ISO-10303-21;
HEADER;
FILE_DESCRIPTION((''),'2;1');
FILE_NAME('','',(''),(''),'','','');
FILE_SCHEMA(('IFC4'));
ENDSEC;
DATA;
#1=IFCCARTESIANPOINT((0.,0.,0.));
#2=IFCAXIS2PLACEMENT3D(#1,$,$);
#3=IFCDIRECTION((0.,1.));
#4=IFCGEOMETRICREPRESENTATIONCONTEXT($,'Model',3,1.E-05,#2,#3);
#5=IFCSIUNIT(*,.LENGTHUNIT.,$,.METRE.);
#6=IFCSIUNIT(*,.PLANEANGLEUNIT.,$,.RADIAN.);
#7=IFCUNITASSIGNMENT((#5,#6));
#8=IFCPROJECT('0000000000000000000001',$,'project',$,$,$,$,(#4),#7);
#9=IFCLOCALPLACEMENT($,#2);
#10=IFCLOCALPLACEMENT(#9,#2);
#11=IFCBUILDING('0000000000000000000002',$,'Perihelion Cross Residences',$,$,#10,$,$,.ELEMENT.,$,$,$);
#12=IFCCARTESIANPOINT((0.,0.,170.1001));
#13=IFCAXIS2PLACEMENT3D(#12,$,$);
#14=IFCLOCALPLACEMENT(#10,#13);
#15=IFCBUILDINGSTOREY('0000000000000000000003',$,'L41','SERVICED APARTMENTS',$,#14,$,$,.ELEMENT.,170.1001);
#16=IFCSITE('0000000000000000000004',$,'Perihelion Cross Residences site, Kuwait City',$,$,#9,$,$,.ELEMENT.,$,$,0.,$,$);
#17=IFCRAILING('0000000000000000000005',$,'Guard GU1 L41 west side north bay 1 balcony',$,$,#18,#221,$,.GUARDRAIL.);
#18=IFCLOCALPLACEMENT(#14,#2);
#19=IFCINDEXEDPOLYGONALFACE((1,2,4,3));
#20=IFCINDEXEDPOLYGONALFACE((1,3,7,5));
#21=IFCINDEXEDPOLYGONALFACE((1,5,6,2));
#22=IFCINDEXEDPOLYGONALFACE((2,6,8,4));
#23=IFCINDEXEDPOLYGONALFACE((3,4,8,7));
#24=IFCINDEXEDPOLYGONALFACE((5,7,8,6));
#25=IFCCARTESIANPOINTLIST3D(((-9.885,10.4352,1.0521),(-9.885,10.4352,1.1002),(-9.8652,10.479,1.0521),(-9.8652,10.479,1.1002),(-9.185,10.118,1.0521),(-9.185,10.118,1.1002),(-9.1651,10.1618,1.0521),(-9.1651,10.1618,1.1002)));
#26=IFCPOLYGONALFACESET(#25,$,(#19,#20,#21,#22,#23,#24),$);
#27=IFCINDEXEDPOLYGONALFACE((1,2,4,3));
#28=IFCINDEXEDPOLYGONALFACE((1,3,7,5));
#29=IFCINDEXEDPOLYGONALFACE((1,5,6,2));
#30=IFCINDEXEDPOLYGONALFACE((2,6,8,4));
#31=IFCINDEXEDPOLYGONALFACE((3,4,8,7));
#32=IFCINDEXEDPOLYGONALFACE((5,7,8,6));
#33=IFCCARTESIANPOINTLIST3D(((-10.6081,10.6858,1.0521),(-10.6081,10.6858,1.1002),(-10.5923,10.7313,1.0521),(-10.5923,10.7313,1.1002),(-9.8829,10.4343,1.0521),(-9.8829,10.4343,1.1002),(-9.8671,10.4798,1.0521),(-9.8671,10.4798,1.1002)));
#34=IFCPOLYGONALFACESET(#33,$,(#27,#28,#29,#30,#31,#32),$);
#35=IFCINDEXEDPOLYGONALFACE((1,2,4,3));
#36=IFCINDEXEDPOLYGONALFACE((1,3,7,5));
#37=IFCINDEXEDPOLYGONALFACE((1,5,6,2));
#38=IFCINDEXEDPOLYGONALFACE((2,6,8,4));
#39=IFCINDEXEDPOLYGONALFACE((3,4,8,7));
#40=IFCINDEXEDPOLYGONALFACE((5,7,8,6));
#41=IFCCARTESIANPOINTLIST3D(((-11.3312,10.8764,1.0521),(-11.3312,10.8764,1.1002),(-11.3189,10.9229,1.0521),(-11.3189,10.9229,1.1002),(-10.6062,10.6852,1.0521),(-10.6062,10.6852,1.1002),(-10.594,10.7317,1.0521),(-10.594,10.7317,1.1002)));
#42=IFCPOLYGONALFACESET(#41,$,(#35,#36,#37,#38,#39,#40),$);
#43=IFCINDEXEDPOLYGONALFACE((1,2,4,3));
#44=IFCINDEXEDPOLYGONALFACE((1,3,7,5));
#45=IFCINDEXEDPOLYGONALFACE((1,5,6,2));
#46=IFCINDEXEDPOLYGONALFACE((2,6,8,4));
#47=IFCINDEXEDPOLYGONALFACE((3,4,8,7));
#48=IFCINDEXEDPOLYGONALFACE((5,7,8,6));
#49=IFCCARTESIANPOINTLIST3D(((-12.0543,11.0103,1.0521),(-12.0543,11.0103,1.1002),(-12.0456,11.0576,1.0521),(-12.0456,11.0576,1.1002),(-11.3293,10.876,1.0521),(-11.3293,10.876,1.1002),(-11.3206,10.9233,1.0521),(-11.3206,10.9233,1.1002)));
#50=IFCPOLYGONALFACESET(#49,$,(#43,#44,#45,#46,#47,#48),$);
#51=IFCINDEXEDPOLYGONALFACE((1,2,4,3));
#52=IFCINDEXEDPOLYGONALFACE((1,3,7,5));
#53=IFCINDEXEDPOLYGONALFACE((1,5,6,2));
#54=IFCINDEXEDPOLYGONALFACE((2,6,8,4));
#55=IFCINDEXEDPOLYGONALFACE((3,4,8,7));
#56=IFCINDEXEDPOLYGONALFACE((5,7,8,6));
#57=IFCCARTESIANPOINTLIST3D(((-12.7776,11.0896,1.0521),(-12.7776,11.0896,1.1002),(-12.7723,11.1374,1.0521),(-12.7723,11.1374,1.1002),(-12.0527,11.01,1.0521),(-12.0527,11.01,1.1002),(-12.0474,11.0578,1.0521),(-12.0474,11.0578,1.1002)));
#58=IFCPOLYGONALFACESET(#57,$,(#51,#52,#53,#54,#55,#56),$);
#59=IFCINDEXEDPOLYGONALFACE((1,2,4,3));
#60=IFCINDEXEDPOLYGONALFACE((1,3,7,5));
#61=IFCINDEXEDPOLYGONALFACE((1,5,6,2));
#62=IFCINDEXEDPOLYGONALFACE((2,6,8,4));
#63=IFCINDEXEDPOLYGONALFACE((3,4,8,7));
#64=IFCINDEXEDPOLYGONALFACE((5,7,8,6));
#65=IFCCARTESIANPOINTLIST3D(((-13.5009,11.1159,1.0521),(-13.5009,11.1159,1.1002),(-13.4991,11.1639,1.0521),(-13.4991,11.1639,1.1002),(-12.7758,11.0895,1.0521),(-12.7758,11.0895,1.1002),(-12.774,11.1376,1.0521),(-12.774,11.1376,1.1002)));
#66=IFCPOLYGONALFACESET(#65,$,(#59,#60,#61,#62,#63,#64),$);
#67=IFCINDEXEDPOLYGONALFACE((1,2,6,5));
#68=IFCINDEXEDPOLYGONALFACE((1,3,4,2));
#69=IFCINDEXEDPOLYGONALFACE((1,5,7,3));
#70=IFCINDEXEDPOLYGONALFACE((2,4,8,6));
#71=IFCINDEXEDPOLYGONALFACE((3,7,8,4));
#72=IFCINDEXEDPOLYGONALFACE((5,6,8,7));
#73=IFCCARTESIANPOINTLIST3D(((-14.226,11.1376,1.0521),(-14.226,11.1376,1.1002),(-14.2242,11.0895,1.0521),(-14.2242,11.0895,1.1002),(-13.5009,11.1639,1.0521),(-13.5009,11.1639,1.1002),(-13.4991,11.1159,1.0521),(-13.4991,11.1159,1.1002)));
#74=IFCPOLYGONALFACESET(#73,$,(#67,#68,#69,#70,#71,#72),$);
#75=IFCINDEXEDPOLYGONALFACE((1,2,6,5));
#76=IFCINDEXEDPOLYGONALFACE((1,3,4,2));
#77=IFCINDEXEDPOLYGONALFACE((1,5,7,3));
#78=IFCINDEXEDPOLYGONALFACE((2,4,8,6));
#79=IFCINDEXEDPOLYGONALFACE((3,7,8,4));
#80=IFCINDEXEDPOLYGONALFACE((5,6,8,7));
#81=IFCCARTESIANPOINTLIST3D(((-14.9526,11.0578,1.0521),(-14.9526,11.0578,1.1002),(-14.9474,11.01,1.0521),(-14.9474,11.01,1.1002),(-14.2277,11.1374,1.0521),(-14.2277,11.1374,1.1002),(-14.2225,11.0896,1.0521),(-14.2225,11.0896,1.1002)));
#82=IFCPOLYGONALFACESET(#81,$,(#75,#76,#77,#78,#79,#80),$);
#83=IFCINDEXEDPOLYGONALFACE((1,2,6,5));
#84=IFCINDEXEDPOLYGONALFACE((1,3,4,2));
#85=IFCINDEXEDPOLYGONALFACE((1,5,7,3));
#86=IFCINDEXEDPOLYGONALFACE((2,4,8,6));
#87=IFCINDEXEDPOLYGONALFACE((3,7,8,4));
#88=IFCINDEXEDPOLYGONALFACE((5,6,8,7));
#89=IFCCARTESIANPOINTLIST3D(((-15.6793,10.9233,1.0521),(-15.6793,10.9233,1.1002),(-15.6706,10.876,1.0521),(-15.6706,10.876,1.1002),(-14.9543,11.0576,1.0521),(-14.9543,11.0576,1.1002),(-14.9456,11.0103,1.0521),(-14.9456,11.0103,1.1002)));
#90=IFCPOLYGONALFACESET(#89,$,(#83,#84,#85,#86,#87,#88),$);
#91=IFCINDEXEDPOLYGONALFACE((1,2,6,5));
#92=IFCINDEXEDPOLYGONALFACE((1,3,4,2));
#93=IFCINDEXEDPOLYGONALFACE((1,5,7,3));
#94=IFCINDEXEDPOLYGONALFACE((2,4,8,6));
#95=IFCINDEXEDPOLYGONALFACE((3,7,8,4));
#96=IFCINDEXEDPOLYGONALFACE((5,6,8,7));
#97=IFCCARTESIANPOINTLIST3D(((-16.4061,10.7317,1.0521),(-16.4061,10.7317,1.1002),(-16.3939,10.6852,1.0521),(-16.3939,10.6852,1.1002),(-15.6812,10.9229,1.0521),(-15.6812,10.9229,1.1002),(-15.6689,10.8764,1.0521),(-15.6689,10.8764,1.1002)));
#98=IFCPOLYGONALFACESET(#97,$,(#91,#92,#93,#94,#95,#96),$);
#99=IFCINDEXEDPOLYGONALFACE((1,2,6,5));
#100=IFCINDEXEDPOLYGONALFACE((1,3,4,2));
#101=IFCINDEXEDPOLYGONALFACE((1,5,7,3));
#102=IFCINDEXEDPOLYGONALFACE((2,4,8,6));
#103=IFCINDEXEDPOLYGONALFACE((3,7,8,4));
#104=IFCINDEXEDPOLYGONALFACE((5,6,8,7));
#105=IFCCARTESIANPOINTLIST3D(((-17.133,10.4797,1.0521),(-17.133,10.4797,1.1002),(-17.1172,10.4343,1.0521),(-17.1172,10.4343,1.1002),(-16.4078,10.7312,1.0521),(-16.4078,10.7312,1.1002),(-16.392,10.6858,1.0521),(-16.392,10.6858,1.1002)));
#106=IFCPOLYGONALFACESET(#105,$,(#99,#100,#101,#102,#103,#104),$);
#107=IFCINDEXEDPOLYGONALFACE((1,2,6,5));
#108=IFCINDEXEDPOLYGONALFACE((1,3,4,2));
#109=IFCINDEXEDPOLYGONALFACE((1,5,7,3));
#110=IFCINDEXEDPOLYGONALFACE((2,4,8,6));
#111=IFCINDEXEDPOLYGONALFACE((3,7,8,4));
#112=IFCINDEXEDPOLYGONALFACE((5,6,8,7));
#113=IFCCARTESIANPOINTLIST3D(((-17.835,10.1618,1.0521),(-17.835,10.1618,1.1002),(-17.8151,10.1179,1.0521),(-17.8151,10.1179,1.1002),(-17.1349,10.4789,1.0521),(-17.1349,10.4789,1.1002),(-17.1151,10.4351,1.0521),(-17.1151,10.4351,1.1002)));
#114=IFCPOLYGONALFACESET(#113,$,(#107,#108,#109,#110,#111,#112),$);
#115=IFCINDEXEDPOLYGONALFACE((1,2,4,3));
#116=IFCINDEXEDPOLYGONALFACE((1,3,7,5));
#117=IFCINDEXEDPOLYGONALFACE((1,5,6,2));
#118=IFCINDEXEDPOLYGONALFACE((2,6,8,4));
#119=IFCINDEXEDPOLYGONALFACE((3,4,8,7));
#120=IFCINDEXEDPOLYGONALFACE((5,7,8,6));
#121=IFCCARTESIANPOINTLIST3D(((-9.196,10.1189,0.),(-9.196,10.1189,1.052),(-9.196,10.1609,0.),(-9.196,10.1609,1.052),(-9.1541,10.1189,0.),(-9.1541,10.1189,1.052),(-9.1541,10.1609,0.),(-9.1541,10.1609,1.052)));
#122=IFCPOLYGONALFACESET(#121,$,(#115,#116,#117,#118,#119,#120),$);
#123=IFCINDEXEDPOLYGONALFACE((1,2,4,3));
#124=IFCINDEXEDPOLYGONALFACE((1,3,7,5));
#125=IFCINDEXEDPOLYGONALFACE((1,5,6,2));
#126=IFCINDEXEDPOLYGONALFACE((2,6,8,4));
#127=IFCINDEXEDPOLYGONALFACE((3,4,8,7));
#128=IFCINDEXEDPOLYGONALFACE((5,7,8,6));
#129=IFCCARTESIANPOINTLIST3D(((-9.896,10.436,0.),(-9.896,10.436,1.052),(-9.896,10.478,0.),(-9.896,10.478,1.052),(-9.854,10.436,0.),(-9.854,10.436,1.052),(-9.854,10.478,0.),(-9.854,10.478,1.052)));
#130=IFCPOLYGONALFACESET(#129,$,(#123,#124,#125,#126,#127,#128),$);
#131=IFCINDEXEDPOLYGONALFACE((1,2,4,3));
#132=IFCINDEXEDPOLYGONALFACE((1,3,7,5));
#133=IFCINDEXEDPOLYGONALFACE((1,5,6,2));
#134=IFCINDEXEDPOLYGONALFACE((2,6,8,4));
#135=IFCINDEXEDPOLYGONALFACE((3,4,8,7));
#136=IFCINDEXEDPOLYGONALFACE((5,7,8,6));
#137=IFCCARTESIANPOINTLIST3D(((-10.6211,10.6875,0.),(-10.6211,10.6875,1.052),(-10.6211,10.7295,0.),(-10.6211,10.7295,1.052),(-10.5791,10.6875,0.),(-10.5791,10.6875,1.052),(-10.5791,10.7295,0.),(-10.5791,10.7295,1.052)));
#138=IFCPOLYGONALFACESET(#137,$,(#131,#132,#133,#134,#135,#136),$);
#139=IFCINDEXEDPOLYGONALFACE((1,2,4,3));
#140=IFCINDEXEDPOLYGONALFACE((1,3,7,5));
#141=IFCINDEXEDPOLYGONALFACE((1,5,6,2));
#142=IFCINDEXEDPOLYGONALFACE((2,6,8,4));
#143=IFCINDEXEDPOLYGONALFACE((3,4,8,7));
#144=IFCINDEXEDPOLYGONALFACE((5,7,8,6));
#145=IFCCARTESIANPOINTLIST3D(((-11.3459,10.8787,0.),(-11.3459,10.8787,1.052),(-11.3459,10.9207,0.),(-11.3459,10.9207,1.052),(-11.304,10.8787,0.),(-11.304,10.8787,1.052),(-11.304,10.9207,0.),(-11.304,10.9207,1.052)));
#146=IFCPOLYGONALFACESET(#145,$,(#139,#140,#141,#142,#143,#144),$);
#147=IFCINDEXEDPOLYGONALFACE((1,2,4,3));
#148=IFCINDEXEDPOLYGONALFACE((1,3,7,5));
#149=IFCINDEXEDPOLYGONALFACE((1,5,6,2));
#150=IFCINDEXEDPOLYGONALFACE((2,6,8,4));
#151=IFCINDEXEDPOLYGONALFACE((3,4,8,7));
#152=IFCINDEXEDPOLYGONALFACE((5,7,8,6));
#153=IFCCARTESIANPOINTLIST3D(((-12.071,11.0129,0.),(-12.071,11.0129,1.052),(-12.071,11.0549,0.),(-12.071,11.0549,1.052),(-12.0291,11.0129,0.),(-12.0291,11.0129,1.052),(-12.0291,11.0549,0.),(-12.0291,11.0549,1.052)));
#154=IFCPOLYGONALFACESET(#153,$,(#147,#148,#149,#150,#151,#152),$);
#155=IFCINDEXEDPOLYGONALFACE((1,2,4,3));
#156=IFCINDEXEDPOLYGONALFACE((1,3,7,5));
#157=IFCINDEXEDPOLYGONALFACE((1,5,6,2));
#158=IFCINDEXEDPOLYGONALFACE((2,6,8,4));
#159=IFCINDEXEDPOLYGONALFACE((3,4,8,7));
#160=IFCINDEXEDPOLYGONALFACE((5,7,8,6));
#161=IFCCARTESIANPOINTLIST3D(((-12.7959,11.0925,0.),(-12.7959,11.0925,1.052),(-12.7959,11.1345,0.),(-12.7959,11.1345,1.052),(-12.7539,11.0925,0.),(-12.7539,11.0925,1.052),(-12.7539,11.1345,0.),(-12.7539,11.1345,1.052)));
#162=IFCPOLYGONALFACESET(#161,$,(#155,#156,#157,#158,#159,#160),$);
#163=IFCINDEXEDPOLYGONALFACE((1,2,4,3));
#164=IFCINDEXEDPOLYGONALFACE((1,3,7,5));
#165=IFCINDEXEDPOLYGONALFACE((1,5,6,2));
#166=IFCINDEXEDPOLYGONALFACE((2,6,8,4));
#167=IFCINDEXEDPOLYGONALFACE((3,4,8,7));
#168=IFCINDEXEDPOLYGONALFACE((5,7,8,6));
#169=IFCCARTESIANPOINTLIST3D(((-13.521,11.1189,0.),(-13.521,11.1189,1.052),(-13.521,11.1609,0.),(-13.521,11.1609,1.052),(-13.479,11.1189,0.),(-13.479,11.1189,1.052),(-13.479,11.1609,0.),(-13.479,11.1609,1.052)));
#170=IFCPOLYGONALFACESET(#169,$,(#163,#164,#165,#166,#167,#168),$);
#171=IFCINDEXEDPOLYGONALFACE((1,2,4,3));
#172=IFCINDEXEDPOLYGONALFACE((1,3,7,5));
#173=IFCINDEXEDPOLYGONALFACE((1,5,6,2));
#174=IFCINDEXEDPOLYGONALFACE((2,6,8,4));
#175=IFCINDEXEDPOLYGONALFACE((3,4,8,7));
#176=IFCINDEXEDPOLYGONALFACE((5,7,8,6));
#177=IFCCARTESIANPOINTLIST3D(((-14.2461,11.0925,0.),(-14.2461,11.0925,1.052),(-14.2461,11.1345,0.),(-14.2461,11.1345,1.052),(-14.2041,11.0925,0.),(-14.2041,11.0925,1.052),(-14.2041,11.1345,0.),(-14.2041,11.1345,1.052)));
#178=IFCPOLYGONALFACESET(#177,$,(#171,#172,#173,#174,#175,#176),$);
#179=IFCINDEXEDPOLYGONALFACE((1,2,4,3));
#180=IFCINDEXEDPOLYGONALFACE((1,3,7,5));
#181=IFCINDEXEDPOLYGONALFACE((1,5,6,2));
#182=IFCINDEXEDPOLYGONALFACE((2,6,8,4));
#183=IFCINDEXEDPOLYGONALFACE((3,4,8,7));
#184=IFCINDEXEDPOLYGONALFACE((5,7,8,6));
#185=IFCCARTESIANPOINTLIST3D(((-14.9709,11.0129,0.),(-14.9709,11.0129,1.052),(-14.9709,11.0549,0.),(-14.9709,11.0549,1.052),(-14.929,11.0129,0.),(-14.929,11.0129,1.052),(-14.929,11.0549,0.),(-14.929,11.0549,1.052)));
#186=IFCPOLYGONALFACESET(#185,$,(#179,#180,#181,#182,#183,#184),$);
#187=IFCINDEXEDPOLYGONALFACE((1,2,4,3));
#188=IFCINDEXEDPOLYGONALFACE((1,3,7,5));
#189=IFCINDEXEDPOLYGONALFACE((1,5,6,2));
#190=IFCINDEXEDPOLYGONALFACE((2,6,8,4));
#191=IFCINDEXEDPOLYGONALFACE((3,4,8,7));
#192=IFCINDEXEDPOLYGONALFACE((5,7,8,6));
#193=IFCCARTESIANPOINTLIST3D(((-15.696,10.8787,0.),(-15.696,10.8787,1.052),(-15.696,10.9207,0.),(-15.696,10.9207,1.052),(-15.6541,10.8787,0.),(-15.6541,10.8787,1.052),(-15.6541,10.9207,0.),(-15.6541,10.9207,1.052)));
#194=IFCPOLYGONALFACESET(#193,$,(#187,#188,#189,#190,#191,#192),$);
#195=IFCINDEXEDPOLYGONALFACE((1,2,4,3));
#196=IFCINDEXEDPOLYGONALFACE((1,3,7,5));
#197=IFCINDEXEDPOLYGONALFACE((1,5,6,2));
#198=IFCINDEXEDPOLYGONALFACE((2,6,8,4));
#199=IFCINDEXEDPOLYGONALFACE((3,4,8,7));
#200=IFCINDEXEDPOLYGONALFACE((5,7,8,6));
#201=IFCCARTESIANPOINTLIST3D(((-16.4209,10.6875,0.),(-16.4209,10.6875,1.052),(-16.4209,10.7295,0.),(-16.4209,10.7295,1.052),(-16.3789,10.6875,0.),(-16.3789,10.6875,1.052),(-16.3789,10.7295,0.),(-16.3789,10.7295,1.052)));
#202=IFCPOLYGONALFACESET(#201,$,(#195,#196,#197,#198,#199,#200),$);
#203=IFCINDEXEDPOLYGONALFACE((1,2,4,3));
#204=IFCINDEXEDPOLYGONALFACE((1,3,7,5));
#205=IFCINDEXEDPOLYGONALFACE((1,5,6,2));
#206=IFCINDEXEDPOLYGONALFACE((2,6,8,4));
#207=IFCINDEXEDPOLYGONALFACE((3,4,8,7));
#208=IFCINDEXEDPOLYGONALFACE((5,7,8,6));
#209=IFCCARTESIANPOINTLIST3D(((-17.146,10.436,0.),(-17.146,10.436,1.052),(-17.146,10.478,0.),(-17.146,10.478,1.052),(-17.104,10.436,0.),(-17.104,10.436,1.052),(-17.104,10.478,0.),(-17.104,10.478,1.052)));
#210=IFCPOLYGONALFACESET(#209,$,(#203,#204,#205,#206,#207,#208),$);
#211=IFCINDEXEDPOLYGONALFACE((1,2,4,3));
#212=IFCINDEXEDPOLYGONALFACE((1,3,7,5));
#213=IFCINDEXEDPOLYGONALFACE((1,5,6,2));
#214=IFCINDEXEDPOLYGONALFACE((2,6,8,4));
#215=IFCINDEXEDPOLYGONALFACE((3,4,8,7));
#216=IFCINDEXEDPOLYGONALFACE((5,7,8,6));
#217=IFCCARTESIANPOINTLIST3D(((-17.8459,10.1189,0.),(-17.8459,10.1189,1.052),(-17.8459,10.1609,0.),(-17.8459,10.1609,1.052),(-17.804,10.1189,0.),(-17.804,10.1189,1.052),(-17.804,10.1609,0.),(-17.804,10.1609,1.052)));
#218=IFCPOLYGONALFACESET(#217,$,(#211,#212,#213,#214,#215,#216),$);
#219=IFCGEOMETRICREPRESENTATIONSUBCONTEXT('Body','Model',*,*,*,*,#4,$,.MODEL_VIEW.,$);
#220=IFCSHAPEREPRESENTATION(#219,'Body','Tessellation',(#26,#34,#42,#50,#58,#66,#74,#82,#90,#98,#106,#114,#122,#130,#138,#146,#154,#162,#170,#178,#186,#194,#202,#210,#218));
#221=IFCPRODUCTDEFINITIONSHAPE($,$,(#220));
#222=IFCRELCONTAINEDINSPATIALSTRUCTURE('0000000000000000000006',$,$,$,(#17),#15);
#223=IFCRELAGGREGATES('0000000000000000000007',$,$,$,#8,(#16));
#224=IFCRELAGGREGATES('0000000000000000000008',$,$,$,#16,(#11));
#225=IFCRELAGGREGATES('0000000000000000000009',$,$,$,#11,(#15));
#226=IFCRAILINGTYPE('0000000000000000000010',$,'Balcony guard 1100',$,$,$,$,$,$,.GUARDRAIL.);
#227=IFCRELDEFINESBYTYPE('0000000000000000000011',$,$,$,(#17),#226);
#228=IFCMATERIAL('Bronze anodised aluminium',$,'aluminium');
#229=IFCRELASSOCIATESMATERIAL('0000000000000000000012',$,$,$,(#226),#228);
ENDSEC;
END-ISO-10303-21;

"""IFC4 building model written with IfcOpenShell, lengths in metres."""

from ifc_helpers import new_model, si_unit, direction, frame, origin, origin_2d, place, context, subcontext, project, spatial, rectangle, extrude, material, type_object, element, save


model = new_model("IFC4")

# Units and contexts
model_context = context("Model", 3, precision=1e-05, world=origin(), true_north=direction((0.0, 1.0)))
body_context = subcontext(model_context, "Body", "Model", "MODEL_VIEW")
ifc_project = project(units=[si_unit("LENGTHUNIT", "METRE"), si_unit("PLANEANGLEUNIT", "RADIAN")], contexts=[model_context])

# Site, building, storey
site_placement = place(None, origin())
site = spatial("IfcSite", under=ifc_project, at=site_placement, Name="Perihelion Cross Residences site, Kuwait City", CompositionType="ELEMENT", RefElevation=0.0)
building_placement = place(site_placement, origin())
building = spatial("IfcBuilding", under=site, at=building_placement, Name="Perihelion Cross Residences", CompositionType="ELEMENT")
storey_placement = place(building_placement, frame((0.0, 0.0, 170.1001)))
storey = spatial("IfcBuildingStorey", under=building, at=storey_placement, Name="L41", Description="SERVICED APARTMENTS", CompositionType="ELEMENT", Elevation=170.1001)

# Railing
ifc_material_1 = material(Name="Bronze anodised aluminium", Category="aluminium")
railing_type = type_object("IfcRailingType", Name="Balcony guard 1100", PredefinedType="GUARDRAIL", material=ifc_material_1)
railing_placement = place(storey_placement, frame((-9.175, 10.1399, 0.0)))
element("IfcRailing", 1, at=railing_placement, inside=storey, type_object=railing_type, Name="Guard GU1 L41 west side north bay 1 balcony", PredefinedType="GUARDRAIL", context=body_context, shape_type="SweptSolid", body=[
    extrude(rectangle(XDim=0.0481, YDim=0.0481, at=origin_2d()), frame((0.0, 0.0, 1.0762), z_axis=(-0.910866, 0.412702, 0.0), x_axis=(-0.412702, -0.910866, 0.0)), (0.0, 0.0, 1.0), 0.7686),
    extrude(rectangle(XDim=0.0481, YDim=0.0481, at=origin_2d()), frame((-0.7, 0.3171, 1.0762), z_axis=(-0.944797, 0.327657, 0.0), x_axis=(-0.327657, -0.944797, 0.0)), (0.0, 0.0, 1.0), 0.7676),
    extrude(rectangle(XDim=0.0481, YDim=0.0481, at=origin_2d()), frame((-1.425, 0.5686, 1.0762), z_axis=(-0.966939, 0.255006, 0.0), x_axis=(-0.255006, -0.966939, 0.0)), (0.0, 0.0, 1.0), 0.7498),
    extrude(rectangle(XDim=0.0481, YDim=0.0481, at=origin_2d()), frame((-2.1499, 0.7598, 1.0762), z_axis=(-0.983282, 0.182089, 0.0), x_axis=(-0.182089, -0.983282, 0.0)), (0.0, 0.0, 1.0), 0.7373),
    extrude(rectangle(XDim=0.0481, YDim=0.0481, at=origin_2d()), frame((-2.875, 0.894, 1.0762), z_axis=(-0.994026, 0.109145, 0.0), x_axis=(-0.109145, -0.994026, 0.0)), (0.0, 0.0, 1.0), 0.7292),
    extrude(rectangle(XDim=0.0481, YDim=0.0481, at=origin_2d()), frame((-3.5999, 0.9736, 1.0762), z_axis=(-0.999339, 0.03634, 0.0), x_axis=(-0.03634, -0.999339, 0.0)), (0.0, 0.0, 1.0), 0.7256),
    extrude(rectangle(XDim=0.0481, YDim=0.0481, at=origin_2d()), frame((-4.325, 1.0, 1.0762), z_axis=(-0.999339, -0.03634, 0.0), x_axis=(0.03634, -0.999339, 0.0)), (0.0, 0.0, 1.0), 0.7256),
    extrude(rectangle(XDim=0.0481, YDim=0.0481, at=origin_2d()), frame((-5.05, 0.9736, 1.0762), z_axis=(-0.994026, -0.109145, 0.0), x_axis=(0.109145, -0.994026, 0.0)), (0.0, 0.0, 1.0), 0.7292),
    extrude(rectangle(XDim=0.0481, YDim=0.0481, at=origin_2d()), frame((-5.7749, 0.894, 1.0762), z_axis=(-0.983282, -0.182089, 0.0), x_axis=(0.182089, -0.983282, 0.0)), (0.0, 0.0, 1.0), 0.7373),
    extrude(rectangle(XDim=0.0481, YDim=0.0481, at=origin_2d()), frame((-6.5, 0.7598, 1.0762), z_axis=(-0.966939, -0.255006, 0.0), x_axis=(0.255006, -0.966939, 0.0)), (0.0, 0.0, 1.0), 0.7498),
    extrude(rectangle(XDim=0.0481, YDim=0.0481, at=origin_2d()), frame((-7.2249, 0.5686, 1.0762), z_axis=(-0.944797, -0.327657, 0.0), x_axis=(0.327657, -0.944797, 0.0)), (0.0, 0.0, 1.0), 0.7676),
    extrude(rectangle(XDim=0.0481, YDim=0.0481, at=origin_2d()), frame((-7.95, 0.3171, 1.0762), z_axis=(-0.910866, -0.412702, 0.0), x_axis=(0.412702, -0.910866, 0.0)), (0.0, 0.0, 1.0), 0.7686),
    extrude(rectangle(XDim=0.042, YDim=0.042, at=origin_2d()), origin(), (0.0, 0.0, 1.0), 1.052),
    extrude(rectangle(XDim=0.042, YDim=0.042, at=origin_2d()), frame((-0.7, 0.3171, 0.0)), (0.0, 0.0, 1.0), 1.052),
    extrude(rectangle(XDim=0.042, YDim=0.042, at=origin_2d()), frame((-1.425, 0.5686, 0.0)), (0.0, 0.0, 1.0), 1.052),
    extrude(rectangle(XDim=0.042, YDim=0.042, at=origin_2d()), frame((-2.1499, 0.7598, 0.0)), (0.0, 0.0, 1.0), 1.052),
    extrude(rectangle(XDim=0.042, YDim=0.042, at=origin_2d()), frame((-2.875, 0.894, 0.0)), (0.0, 0.0, 1.0), 1.052),
    extrude(rectangle(XDim=0.042, YDim=0.042, at=origin_2d()), frame((-3.5999, 0.9736, 0.0)), (0.0, 0.0, 1.0), 1.052),
    extrude(rectangle(XDim=0.042, YDim=0.042, at=origin_2d()), frame((-4.325, 1.0, 0.0)), (0.0, 0.0, 1.0), 1.052),
    extrude(rectangle(XDim=0.042, YDim=0.042, at=origin_2d()), frame((-5.05, 0.9736, 0.0)), (0.0, 0.0, 1.0), 1.052),
    extrude(rectangle(XDim=0.042, YDim=0.042, at=origin_2d()), frame((-5.7749, 0.894, 0.0)), (0.0, 0.0, 1.0), 1.052),
    extrude(rectangle(XDim=0.042, YDim=0.042, at=origin_2d()), frame((-6.5, 0.7598, 0.0)), (0.0, 0.0, 1.0), 1.052),
    extrude(rectangle(XDim=0.042, YDim=0.042, at=origin_2d()), frame((-7.2249, 0.5686, 0.0)), (0.0, 0.0, 1.0), 1.052),
    extrude(rectangle(XDim=0.042, YDim=0.042, at=origin_2d()), frame((-7.95, 0.3171, 0.0)), (0.0, 0.0, 1.0), 1.052),
    extrude(rectangle(XDim=0.042, YDim=0.042, at=origin_2d()), frame((-8.6499, 0.0, 0.0)), (0.0, 0.0, 1.0), 1.052),
])

save(model, "model.ifc")
